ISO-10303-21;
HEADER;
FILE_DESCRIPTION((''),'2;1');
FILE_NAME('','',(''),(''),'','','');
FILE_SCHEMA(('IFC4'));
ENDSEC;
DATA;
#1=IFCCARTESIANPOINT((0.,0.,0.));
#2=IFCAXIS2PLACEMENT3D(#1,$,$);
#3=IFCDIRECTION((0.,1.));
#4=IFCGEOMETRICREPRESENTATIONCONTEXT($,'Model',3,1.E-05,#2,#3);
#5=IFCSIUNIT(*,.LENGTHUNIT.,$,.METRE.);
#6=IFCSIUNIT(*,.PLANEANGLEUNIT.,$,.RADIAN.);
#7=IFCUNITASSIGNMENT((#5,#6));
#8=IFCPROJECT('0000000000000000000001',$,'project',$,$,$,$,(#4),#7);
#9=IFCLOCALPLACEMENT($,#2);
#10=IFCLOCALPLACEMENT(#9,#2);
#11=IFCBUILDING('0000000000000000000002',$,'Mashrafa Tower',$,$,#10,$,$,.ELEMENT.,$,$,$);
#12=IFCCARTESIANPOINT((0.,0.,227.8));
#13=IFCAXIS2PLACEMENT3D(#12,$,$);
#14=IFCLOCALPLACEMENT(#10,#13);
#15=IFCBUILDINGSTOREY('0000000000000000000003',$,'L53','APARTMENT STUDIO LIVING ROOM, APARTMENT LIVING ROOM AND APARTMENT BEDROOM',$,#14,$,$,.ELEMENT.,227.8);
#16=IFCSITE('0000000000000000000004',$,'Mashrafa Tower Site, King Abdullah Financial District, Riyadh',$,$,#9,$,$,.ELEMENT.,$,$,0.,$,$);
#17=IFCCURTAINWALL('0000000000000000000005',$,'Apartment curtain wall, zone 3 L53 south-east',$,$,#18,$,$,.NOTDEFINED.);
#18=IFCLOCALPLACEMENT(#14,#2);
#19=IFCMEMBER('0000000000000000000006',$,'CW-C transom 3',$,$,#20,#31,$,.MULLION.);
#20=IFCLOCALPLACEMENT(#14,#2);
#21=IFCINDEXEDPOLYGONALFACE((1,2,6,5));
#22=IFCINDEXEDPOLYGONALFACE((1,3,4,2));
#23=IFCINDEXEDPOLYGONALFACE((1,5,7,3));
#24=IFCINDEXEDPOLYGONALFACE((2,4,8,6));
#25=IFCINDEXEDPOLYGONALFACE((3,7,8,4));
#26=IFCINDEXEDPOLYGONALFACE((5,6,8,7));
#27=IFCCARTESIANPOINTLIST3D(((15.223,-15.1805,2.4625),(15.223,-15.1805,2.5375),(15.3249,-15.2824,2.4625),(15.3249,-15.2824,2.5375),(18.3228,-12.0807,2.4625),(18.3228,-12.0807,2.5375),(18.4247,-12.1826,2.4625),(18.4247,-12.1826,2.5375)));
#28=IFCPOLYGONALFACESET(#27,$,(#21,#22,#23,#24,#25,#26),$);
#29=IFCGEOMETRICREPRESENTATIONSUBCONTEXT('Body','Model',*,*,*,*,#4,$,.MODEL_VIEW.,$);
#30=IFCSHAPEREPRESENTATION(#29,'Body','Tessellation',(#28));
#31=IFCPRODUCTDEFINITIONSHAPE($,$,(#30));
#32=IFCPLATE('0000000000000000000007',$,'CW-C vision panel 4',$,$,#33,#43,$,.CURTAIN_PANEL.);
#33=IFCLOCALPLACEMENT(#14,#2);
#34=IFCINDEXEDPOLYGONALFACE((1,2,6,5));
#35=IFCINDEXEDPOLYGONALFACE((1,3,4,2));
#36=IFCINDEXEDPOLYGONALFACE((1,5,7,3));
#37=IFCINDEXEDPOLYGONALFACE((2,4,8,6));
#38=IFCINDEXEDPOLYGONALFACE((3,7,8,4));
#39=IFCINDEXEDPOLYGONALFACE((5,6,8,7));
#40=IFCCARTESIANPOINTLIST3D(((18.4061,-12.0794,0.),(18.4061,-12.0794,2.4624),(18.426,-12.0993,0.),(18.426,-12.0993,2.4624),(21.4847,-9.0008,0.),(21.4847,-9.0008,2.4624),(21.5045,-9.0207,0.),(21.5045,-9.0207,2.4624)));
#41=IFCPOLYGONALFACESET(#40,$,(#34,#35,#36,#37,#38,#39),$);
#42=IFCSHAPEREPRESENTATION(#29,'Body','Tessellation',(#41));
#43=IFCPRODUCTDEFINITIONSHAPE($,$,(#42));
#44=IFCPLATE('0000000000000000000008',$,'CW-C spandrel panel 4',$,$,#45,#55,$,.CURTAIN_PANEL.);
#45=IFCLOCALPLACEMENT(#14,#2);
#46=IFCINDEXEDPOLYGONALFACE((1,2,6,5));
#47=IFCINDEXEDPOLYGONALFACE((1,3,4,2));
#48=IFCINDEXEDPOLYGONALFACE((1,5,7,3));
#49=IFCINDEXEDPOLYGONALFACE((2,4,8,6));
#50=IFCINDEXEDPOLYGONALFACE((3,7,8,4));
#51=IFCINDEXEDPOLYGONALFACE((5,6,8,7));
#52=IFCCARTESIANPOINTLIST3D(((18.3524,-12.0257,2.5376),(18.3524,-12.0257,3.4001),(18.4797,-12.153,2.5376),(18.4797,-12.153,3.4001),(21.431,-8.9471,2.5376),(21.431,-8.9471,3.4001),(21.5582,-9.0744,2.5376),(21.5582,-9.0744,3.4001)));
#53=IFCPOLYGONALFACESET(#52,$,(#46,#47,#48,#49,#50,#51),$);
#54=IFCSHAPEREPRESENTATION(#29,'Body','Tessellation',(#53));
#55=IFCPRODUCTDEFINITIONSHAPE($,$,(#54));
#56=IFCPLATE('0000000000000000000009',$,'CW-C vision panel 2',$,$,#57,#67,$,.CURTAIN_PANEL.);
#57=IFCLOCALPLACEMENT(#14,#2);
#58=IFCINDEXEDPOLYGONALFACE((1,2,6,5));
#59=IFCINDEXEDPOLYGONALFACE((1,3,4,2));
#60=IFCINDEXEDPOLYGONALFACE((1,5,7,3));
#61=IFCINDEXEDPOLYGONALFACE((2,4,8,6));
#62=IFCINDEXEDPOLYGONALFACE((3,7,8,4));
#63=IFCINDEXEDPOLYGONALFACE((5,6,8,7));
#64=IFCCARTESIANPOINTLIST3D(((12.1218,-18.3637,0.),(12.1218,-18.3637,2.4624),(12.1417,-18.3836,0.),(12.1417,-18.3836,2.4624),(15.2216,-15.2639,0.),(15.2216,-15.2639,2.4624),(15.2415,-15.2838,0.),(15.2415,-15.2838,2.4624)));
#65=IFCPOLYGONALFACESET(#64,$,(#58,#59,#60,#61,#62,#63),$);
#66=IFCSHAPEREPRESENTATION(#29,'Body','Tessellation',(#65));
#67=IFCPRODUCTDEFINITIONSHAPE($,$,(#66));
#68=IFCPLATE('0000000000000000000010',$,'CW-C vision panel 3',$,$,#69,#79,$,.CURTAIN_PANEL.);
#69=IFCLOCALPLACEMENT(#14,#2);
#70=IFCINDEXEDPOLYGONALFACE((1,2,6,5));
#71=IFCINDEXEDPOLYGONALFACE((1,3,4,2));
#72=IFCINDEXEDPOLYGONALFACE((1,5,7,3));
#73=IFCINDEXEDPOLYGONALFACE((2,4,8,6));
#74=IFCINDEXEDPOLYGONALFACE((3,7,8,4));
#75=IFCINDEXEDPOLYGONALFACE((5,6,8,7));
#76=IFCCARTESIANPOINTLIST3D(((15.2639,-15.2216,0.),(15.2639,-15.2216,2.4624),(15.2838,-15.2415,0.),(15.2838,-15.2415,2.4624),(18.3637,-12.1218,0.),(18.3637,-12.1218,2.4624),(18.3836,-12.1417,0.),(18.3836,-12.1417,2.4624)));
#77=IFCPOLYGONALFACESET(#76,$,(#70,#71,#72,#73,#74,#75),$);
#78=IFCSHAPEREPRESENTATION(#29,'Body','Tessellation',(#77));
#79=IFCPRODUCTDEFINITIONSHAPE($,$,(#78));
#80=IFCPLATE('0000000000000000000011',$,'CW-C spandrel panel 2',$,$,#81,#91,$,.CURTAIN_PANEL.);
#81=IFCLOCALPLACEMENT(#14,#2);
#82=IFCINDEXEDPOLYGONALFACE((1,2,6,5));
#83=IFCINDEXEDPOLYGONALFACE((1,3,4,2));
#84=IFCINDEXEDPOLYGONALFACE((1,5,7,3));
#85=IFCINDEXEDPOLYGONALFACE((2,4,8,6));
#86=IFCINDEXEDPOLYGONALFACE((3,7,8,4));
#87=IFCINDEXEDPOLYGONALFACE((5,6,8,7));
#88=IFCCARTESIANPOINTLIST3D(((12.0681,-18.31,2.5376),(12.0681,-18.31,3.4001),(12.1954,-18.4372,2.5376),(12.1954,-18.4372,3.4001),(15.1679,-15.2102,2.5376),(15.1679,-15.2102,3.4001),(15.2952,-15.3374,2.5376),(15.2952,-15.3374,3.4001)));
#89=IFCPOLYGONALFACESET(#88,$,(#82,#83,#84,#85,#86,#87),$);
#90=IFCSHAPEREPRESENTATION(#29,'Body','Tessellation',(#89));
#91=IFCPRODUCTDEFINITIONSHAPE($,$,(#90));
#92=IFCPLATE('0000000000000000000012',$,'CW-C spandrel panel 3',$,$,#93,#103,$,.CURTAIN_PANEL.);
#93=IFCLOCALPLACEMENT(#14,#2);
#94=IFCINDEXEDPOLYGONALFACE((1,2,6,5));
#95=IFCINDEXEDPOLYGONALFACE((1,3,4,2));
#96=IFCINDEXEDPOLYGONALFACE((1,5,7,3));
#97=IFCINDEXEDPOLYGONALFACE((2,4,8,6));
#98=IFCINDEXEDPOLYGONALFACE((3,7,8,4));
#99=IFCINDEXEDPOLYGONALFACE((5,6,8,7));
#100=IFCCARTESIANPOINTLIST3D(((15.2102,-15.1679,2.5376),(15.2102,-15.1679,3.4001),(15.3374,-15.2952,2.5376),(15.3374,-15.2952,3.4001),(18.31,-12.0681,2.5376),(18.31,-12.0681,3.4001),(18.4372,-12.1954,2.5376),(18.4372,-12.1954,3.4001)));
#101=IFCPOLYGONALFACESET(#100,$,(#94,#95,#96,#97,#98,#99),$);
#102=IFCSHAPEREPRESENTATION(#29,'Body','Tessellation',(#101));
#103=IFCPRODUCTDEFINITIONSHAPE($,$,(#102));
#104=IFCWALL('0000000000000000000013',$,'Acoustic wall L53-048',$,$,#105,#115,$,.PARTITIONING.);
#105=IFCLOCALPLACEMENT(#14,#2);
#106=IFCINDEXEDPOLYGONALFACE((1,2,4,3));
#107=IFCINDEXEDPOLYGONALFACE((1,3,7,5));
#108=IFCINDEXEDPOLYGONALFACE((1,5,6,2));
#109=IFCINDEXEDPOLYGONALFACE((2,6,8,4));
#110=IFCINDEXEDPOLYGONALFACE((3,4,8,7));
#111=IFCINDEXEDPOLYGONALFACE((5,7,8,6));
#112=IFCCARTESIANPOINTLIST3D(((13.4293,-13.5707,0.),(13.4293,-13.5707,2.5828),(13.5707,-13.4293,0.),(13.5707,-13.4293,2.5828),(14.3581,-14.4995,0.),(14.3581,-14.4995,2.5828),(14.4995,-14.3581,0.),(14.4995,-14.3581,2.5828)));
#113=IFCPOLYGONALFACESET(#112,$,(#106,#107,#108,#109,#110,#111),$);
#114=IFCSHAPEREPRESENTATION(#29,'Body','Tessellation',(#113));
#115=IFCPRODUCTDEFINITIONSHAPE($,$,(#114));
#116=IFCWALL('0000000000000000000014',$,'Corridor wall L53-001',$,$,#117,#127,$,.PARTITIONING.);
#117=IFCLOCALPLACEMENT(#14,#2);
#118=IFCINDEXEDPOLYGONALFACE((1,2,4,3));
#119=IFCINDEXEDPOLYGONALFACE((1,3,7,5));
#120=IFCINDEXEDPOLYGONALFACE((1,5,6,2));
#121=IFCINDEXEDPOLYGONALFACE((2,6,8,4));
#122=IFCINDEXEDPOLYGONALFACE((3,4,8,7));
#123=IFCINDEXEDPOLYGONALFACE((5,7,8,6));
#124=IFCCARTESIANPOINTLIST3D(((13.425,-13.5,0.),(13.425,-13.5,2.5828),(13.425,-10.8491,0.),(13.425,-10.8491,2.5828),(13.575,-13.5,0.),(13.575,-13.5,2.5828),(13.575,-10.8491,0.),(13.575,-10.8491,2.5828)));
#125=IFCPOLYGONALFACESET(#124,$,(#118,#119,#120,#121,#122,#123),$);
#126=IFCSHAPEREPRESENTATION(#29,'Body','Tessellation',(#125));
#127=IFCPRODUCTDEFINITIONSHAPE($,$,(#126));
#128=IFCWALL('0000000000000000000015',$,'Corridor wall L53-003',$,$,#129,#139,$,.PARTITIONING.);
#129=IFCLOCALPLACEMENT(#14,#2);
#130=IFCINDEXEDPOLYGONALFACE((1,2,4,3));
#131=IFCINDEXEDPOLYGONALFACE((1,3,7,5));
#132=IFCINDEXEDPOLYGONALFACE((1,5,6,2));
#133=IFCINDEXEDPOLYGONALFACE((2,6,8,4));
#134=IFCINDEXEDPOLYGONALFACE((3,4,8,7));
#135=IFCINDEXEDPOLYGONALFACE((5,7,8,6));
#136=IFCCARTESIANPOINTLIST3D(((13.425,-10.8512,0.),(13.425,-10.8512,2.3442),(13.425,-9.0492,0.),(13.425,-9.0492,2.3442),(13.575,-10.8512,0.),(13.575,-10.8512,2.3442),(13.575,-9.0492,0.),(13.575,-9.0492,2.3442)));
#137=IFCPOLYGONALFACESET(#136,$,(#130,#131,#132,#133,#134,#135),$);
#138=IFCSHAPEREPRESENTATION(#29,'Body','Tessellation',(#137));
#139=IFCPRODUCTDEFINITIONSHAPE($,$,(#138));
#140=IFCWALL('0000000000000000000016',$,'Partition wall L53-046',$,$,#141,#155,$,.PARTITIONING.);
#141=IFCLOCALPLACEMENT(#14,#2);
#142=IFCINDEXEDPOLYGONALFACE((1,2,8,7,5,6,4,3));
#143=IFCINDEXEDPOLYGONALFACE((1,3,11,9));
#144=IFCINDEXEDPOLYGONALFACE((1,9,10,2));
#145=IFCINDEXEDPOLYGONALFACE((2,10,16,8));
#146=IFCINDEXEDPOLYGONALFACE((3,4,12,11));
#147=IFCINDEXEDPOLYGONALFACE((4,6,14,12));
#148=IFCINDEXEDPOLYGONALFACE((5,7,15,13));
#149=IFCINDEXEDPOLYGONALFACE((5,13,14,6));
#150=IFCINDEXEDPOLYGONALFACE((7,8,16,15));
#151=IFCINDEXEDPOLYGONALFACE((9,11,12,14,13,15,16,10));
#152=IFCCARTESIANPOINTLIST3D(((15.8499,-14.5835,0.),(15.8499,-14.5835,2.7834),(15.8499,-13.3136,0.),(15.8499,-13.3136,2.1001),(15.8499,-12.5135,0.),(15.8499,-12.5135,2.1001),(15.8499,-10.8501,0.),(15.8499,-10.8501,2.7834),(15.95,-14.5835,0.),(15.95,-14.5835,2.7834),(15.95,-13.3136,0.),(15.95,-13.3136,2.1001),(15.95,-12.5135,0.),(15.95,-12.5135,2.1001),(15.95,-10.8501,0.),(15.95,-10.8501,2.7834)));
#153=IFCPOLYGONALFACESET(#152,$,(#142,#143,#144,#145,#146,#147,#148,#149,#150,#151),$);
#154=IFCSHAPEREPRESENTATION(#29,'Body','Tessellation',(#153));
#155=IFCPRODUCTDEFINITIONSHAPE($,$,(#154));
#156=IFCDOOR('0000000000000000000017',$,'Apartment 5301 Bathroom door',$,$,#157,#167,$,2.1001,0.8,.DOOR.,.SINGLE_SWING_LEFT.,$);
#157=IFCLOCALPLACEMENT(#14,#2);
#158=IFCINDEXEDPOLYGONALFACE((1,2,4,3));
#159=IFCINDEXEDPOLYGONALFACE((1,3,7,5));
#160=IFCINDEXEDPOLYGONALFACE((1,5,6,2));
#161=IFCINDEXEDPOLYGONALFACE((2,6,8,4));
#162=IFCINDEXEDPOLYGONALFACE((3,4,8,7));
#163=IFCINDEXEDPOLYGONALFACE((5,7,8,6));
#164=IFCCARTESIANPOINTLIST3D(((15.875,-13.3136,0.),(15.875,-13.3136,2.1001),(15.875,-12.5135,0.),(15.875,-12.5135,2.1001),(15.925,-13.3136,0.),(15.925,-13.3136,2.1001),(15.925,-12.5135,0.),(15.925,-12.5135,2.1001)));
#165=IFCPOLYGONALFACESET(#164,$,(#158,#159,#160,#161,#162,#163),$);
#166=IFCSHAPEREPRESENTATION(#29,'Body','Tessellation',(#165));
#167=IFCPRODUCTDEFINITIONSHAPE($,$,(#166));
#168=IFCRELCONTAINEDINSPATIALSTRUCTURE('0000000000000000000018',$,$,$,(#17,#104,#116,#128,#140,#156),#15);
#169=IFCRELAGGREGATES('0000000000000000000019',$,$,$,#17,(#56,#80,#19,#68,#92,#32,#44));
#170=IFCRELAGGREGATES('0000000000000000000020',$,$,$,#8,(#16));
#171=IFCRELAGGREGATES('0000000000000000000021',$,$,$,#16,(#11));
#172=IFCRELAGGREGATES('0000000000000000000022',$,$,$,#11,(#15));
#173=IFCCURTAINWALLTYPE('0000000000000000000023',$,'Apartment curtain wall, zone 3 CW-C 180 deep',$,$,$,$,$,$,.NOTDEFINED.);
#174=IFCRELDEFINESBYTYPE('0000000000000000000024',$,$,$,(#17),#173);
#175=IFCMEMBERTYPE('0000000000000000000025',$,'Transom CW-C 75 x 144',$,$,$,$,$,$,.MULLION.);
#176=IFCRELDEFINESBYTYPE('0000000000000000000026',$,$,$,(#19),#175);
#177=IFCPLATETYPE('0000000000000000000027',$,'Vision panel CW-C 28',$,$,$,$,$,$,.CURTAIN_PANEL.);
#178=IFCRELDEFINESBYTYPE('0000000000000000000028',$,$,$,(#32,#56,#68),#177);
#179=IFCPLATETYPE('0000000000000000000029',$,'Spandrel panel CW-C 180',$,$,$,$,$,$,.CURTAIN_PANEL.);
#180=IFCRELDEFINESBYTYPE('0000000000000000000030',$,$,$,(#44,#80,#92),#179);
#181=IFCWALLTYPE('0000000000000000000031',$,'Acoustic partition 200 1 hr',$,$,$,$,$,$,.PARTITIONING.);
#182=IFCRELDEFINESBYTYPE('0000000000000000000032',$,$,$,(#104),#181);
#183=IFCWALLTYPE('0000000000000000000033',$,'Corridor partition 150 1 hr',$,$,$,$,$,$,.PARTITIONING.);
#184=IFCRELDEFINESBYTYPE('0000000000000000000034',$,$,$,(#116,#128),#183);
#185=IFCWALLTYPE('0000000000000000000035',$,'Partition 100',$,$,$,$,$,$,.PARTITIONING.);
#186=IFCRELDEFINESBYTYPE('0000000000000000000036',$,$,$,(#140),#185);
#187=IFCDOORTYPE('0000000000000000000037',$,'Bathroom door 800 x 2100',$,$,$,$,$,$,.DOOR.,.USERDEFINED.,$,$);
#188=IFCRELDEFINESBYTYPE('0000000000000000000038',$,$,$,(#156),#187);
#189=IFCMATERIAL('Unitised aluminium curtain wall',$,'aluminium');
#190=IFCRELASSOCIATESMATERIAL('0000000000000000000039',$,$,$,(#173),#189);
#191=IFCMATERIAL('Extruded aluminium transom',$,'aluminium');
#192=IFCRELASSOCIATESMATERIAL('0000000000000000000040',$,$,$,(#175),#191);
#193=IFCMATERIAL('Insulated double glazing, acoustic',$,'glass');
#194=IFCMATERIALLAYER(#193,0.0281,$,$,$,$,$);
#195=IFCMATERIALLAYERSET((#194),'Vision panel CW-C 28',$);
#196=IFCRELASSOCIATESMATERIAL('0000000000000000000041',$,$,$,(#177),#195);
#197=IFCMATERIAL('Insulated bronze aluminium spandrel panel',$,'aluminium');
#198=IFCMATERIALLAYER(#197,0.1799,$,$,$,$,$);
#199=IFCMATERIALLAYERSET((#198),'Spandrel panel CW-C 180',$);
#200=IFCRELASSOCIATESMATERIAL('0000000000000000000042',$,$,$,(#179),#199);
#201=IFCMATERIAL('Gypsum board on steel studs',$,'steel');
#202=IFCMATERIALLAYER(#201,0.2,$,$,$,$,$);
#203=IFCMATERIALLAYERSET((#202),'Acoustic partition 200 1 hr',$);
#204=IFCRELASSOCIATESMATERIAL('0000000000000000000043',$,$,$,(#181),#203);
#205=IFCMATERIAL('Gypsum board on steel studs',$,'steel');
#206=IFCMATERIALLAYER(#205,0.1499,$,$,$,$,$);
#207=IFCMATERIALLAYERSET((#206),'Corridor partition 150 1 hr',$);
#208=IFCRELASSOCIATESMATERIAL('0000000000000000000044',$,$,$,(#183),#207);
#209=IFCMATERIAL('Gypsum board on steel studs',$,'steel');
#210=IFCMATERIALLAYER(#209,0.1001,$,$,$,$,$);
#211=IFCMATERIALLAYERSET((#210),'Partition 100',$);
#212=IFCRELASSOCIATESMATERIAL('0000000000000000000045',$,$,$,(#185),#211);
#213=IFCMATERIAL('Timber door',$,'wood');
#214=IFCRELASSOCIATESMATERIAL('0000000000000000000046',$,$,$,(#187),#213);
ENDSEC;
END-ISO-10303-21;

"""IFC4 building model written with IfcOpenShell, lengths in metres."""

from ifc_helpers import new_model, si_unit, direction, frame, frame_2d, origin, origin_2d, place, context, subcontext, project, spatial, rectangle, extrude, source, transform, mapped, material, layer, layer_set, material_profile, profile_set, type_object, type_shapes, element, fill, aggregate, save


model = new_model("IFC4")

# Units and contexts
model_context = context("Model", 3, precision=1e-05, world=origin(), true_north=direction((0.0, 1.0)))
body_context = subcontext(model_context, "Body", "Model", "MODEL_VIEW")
ifc_project = project(units=[si_unit("LENGTHUNIT", "METRE"), si_unit("PLANEANGLEUNIT", "RADIAN")], contexts=[model_context])

# Site, building, storey
site_placement = place(None, origin())
site = spatial("IfcSite", under=ifc_project, at=site_placement, Name="Mashrafa Tower Site, King Abdullah Financial District, Riyadh", CompositionType="ELEMENT", RefElevation=0.0)
building_placement = place(site_placement, origin())
building = spatial("IfcBuilding", under=site, at=building_placement, Name="Mashrafa Tower", CompositionType="ELEMENT")
storey_placement = place(building_placement, frame((0.0, 0.0, 227.8)))
storey = spatial("IfcBuildingStorey", under=building, at=storey_placement, Name="L53", Description="APARTMENT STUDIO LIVING ROOM, APARTMENT LIVING ROOM AND APARTMENT BEDROOM", CompositionType="ELEMENT", Elevation=227.8)

# Curtain wall, member, plates
ifc_material_1 = material(Name="Unitised aluminium curtain wall", Category="aluminium")
curtain_wall_type = type_object("IfcCurtainWallType", Name="Apartment curtain wall, zone 3 CW-C 180 deep", PredefinedType="NOTDEFINED", material=ifc_material_1)
curtain_wall_placement = place(storey_placement, origin())
curtain_wall = element("IfcCurtainWall", 1, at=curtain_wall_placement, inside=storey, type_object=curtain_wall_type, Name="Apartment curtain wall, zone 3 L53 south-east", PredefinedType="NOTDEFINED")
ifc_material_2 = material(Name="Extruded aluminium transom", Category="aluminium")
ifc_material_profile_1 = material_profile(ifc_material_2, rectangle(XDim=0.144, YDim=0.075, at=origin_2d()), Name="Transom 75x144")
ifc_profile_set_1 = profile_set([ifc_material_profile_1], Name="Extruded aluminium transom")
member_type_1 = type_object("IfcMemberType", Name="Transom CW-C 75 x 144", PredefinedType="MULLION", material=ifc_profile_set_1)
shared_shape_1 = source(origin(), body_context, "Body", "SweptSolid", [
    extrude(rectangle(XDim=0.144, YDim=0.075, at=origin_2d()), origin(), (0.0, 0.0, 1.0), 4.3838),
])
member_1_placement = place(storey_placement, frame((15.2739, -15.2314, 2.5), z_axis=(0.707107, 0.707107, 0.0), x_axis=(-0.707107, 0.707107, 0.0)))
member_1 = element("IfcMember", 2, at=member_1_placement, type_object=member_type_1, Name="CW-C transom 3", PredefinedType="MULLION", context=body_context, shape_type="MappedRepresentation", body=[
    mapped(shared_shape_1, transform((0.0, 0.0, 0.0))),
])
ifc_material_3 = material(Name="Insulated double glazing, acoustic", Category="glass")
ifc_layer_1 = layer(ifc_material_3, 0.0281)
ifc_layer_set_1 = layer_set([ifc_layer_1], Name="Vision panel CW-C 28")
plate_type_1 = type_object("IfcPlateType", Name="Vision panel CW-C 28", PredefinedType="CURTAIN_PANEL", material=ifc_layer_set_1)
shared_shape_2 = source(origin(), body_context, "Body", "SweptSolid", [
    extrude(rectangle(XDim=4.3538, YDim=0.0281, at=origin_2d()), origin(), (0.0, 0.0, 1.0), 2.4624),
])
plate_1_placement = place(storey_placement, frame((19.9553, -10.55, 0.0), z_axis=(0.0, 0.0, 1.0), x_axis=(0.707107, 0.707107, 0.0)))
plate_1 = element("IfcPlate", 3, at=plate_1_placement, type_object=plate_type_1, Name="CW-C vision panel 4", PredefinedType="CURTAIN_PANEL", context=body_context, shape_type="MappedRepresentation", body=[
    mapped(shared_shape_2, transform((0.0, 0.0, 0.0))),
])
ifc_material_4 = material(Name="Insulated bronze aluminium spandrel panel", Category="aluminium")
ifc_layer_2 = layer(ifc_material_4, 0.1799)
ifc_layer_set_2 = layer_set([ifc_layer_2], Name="Spandrel panel CW-C 180")
plate_type_2 = type_object("IfcPlateType", Name="Spandrel panel CW-C 180", PredefinedType="CURTAIN_PANEL", material=ifc_layer_set_2)
shared_shape_3 = source(origin(), body_context, "Body", "SweptSolid", [
    extrude(rectangle(XDim=4.3538, YDim=0.1799, at=origin_2d()), origin(), (0.0, 0.0, 1.0), 0.8625),
])
plate_2_placement = place(storey_placement, frame((19.9553, -10.55, 2.5376), z_axis=(0.0, 0.0, 1.0), x_axis=(0.707107, 0.707107, 0.0)))
plate_2 = element("IfcPlate", 4, at=plate_2_placement, type_object=plate_type_2, Name="CW-C spandrel panel 4", PredefinedType="CURTAIN_PANEL", context=body_context, shape_type="MappedRepresentation", body=[
    mapped(shared_shape_3, transform((0.0, 0.0, 0.0))),
])
shared_shape_4 = source(origin(), body_context, "Body", "SweptSolid", [
    extrude(rectangle(XDim=4.3838, YDim=0.0281, at=origin_2d()), origin(), (0.0, 0.0, 1.0), 2.4624),
])
type_shapes(plate_type_1, [shared_shape_2, shared_shape_4])
plate_3_placement = place(storey_placement, frame((13.6816, -16.8237, 0.0), z_axis=(0.0, 0.0, 1.0), x_axis=(0.707107, 0.707107, 0.0)))
plate_3 = element("IfcPlate", 5, at=plate_3_placement, type_object=plate_type_1, Name="CW-C vision panel 2", PredefinedType="CURTAIN_PANEL", context=body_context, shape_type="MappedRepresentation", body=[
    mapped(shared_shape_4, transform((0.0, 0.0, 0.0))),
])
plate_4_placement = place(storey_placement, frame((16.8237, -13.6816, 0.0), z_axis=(0.0, 0.0, 1.0), x_axis=(0.707107, 0.707107, 0.0)))
plate_4 = element("IfcPlate", 6, at=plate_4_placement, type_object=plate_type_1, Name="CW-C vision panel 3", PredefinedType="CURTAIN_PANEL", context=body_context, shape_type="MappedRepresentation", body=[
    mapped(shared_shape_4, transform((0.0, 0.0, 0.0))),
])
shared_shape_5 = source(origin(), body_context, "Body", "SweptSolid", [
    extrude(rectangle(XDim=4.3838, YDim=0.1799, at=origin_2d()), origin(), (0.0, 0.0, 1.0), 0.8625),
])
type_shapes(plate_type_2, [shared_shape_3, shared_shape_5])
plate_5_placement = place(storey_placement, frame((13.6816, -16.8237, 2.5376), z_axis=(0.0, 0.0, 1.0), x_axis=(0.707107, 0.707107, 0.0)))
plate_5 = element("IfcPlate", 7, at=plate_5_placement, type_object=plate_type_2, Name="CW-C spandrel panel 2", PredefinedType="CURTAIN_PANEL", context=body_context, shape_type="MappedRepresentation", body=[
    mapped(shared_shape_5, transform((0.0, 0.0, 0.0))),
])
plate_6_placement = place(storey_placement, frame((16.8237, -13.6816, 2.5376), z_axis=(0.0, 0.0, 1.0), x_axis=(0.707107, 0.707107, 0.0)))
plate_6 = element("IfcPlate", 8, at=plate_6_placement, type_object=plate_type_2, Name="CW-C spandrel panel 3", PredefinedType="CURTAIN_PANEL", context=body_context, shape_type="MappedRepresentation", body=[
    mapped(shared_shape_5, transform((0.0, 0.0, 0.0))),
])
aggregate(curtain_wall, [plate_3, plate_5, member_1, plate_4, plate_6, plate_1, plate_2])

# Walls
ifc_material_5 = material(Name="Gypsum board on steel studs", Category="steel")
ifc_layer_3 = layer(ifc_material_5, 0.2)
ifc_layer_set_3 = layer_set([ifc_layer_3], Name="Acoustic partition 200 1 hr")
wall_type_1 = type_object("IfcWallType", Name="Acoustic partition 200 1 hr", PredefinedType="PARTITIONING", material=ifc_layer_set_3)
wall_1_placement = place(storey_placement, frame((13.5, -13.5, 0.0), z_axis=(0.0, 0.0, 1.0), x_axis=(0.707107, -0.707107, 0.0)))
element("IfcWall", 9, at=wall_1_placement, inside=storey, type_object=wall_type_1, Name="Acoustic wall L53-048", PredefinedType="PARTITIONING", context=body_context, shape_type="SweptSolid", body=[
    extrude(rectangle(XDim=1.3135, YDim=0.2, at=frame_2d((0.6567, 0.0))), origin(), (0.0, 0.0, 1.0), 2.5828),
])
ifc_material_6 = material(Name="Gypsum board on steel studs", Category="steel")
ifc_layer_4 = layer(ifc_material_6, 0.1499)
ifc_layer_set_4 = layer_set([ifc_layer_4], Name="Corridor partition 150 1 hr")
wall_type_2 = type_object("IfcWallType", Name="Corridor partition 150 1 hr", PredefinedType="PARTITIONING", material=ifc_layer_set_4)
wall_2_placement = place(storey_placement, frame((13.5, -13.5, 0.0), z_axis=(0.0, 0.0, 1.0), x_axis=(0.0, 1.0, 0.0)))
element("IfcWall", 10, at=wall_2_placement, inside=storey, type_object=wall_type_2, Name="Corridor wall L53-001", PredefinedType="PARTITIONING", context=body_context, shape_type="SweptSolid", body=[
    extrude(rectangle(XDim=2.6509, YDim=0.1499, at=frame_2d((1.3254, 0.0))), origin(), (0.0, 0.0, 1.0), 2.5828),
])
wall_3_placement = place(storey_placement, frame((13.5, -10.8511, 0.0), z_axis=(0.0, 0.0, 1.0), x_axis=(0.0, 1.0, 0.0)))
element("IfcWall", 11, at=wall_3_placement, inside=storey, type_object=wall_type_2, Name="Corridor wall L53-003", PredefinedType="PARTITIONING", context=body_context, shape_type="SweptSolid", body=[
    extrude(rectangle(XDim=1.802, YDim=0.1499, at=frame_2d((0.9009, 0.0))), origin(), (0.0, 0.0, 1.0), 2.3442),
])

# Wall, opening, door
ifc_material_7 = material(Name="Gypsum board on steel studs", Category="steel")
ifc_layer_5 = layer(ifc_material_7, 0.1001)
ifc_layer_set_5 = layer_set([ifc_layer_5], Name="Partition 100")
wall_type_3 = type_object("IfcWallType", Name="Partition 100", PredefinedType="PARTITIONING", material=ifc_layer_set_5)
wall_4_placement = place(storey_placement, frame((15.8999, -14.5835, 0.0), z_axis=(0.0, 0.0, 1.0), x_axis=(0.0, 1.0, 0.0)))
wall_4 = element("IfcWall", 12, at=wall_4_placement, inside=storey, type_object=wall_type_3, Name="Partition wall L53-046", PredefinedType="PARTITIONING", context=body_context, shape_type="SweptSolid", body=[
    extrude(rectangle(XDim=3.7334, YDim=0.1001, at=frame_2d((1.8667, 0.0))), origin(), (0.0, 0.0, 1.0), 2.7834),
])
opening_placement = place(wall_4_placement, frame((1.27, 0.0, 0.0)))
opening = element("IfcOpeningElement", 13, at=opening_placement, cuts=wall_4, PredefinedType="OPENING", context=body_context, shape_type="SweptSolid", body=[
    extrude(rectangle(XDim=0.8, YDim=2.1001, at=frame_2d((0.3999, 1.05))), frame((0.0, 0.0601, 0.0), z_axis=(0.0, -1.0, 0.0), x_axis=(1.0, 0.0, 0.0)), (0.0, 0.0, 1.0), 0.1201),
])
ifc_material_8 = material(Name="Timber door", Category="wood")
door_type = type_object("IfcDoorType", Name="Bathroom door 800 x 2100", OperationType="USERDEFINED", PredefinedType="DOOR", material=ifc_material_8)
door_placement = place(opening_placement, origin())
door = element("IfcDoor", 14, at=door_placement, inside=storey, type_object=door_type, Name="Apartment 5301 Bathroom door", OperationType="SINGLE_SWING_LEFT", OverallHeight=2.1001, OverallWidth=0.8, PredefinedType="DOOR", context=body_context, shape_type="SweptSolid", body=[
    extrude(rectangle(XDim=0.8, YDim=2.1001, at=frame_2d((0.3999, 1.05))), frame((0.0, 0.0249, 0.0), z_axis=(0.0, -1.0, 0.0), x_axis=(1.0, 0.0, 0.0)), (0.0, 0.0, 1.0), 0.05),
])
fill(opening, door)

save(model, "model.ifc")
